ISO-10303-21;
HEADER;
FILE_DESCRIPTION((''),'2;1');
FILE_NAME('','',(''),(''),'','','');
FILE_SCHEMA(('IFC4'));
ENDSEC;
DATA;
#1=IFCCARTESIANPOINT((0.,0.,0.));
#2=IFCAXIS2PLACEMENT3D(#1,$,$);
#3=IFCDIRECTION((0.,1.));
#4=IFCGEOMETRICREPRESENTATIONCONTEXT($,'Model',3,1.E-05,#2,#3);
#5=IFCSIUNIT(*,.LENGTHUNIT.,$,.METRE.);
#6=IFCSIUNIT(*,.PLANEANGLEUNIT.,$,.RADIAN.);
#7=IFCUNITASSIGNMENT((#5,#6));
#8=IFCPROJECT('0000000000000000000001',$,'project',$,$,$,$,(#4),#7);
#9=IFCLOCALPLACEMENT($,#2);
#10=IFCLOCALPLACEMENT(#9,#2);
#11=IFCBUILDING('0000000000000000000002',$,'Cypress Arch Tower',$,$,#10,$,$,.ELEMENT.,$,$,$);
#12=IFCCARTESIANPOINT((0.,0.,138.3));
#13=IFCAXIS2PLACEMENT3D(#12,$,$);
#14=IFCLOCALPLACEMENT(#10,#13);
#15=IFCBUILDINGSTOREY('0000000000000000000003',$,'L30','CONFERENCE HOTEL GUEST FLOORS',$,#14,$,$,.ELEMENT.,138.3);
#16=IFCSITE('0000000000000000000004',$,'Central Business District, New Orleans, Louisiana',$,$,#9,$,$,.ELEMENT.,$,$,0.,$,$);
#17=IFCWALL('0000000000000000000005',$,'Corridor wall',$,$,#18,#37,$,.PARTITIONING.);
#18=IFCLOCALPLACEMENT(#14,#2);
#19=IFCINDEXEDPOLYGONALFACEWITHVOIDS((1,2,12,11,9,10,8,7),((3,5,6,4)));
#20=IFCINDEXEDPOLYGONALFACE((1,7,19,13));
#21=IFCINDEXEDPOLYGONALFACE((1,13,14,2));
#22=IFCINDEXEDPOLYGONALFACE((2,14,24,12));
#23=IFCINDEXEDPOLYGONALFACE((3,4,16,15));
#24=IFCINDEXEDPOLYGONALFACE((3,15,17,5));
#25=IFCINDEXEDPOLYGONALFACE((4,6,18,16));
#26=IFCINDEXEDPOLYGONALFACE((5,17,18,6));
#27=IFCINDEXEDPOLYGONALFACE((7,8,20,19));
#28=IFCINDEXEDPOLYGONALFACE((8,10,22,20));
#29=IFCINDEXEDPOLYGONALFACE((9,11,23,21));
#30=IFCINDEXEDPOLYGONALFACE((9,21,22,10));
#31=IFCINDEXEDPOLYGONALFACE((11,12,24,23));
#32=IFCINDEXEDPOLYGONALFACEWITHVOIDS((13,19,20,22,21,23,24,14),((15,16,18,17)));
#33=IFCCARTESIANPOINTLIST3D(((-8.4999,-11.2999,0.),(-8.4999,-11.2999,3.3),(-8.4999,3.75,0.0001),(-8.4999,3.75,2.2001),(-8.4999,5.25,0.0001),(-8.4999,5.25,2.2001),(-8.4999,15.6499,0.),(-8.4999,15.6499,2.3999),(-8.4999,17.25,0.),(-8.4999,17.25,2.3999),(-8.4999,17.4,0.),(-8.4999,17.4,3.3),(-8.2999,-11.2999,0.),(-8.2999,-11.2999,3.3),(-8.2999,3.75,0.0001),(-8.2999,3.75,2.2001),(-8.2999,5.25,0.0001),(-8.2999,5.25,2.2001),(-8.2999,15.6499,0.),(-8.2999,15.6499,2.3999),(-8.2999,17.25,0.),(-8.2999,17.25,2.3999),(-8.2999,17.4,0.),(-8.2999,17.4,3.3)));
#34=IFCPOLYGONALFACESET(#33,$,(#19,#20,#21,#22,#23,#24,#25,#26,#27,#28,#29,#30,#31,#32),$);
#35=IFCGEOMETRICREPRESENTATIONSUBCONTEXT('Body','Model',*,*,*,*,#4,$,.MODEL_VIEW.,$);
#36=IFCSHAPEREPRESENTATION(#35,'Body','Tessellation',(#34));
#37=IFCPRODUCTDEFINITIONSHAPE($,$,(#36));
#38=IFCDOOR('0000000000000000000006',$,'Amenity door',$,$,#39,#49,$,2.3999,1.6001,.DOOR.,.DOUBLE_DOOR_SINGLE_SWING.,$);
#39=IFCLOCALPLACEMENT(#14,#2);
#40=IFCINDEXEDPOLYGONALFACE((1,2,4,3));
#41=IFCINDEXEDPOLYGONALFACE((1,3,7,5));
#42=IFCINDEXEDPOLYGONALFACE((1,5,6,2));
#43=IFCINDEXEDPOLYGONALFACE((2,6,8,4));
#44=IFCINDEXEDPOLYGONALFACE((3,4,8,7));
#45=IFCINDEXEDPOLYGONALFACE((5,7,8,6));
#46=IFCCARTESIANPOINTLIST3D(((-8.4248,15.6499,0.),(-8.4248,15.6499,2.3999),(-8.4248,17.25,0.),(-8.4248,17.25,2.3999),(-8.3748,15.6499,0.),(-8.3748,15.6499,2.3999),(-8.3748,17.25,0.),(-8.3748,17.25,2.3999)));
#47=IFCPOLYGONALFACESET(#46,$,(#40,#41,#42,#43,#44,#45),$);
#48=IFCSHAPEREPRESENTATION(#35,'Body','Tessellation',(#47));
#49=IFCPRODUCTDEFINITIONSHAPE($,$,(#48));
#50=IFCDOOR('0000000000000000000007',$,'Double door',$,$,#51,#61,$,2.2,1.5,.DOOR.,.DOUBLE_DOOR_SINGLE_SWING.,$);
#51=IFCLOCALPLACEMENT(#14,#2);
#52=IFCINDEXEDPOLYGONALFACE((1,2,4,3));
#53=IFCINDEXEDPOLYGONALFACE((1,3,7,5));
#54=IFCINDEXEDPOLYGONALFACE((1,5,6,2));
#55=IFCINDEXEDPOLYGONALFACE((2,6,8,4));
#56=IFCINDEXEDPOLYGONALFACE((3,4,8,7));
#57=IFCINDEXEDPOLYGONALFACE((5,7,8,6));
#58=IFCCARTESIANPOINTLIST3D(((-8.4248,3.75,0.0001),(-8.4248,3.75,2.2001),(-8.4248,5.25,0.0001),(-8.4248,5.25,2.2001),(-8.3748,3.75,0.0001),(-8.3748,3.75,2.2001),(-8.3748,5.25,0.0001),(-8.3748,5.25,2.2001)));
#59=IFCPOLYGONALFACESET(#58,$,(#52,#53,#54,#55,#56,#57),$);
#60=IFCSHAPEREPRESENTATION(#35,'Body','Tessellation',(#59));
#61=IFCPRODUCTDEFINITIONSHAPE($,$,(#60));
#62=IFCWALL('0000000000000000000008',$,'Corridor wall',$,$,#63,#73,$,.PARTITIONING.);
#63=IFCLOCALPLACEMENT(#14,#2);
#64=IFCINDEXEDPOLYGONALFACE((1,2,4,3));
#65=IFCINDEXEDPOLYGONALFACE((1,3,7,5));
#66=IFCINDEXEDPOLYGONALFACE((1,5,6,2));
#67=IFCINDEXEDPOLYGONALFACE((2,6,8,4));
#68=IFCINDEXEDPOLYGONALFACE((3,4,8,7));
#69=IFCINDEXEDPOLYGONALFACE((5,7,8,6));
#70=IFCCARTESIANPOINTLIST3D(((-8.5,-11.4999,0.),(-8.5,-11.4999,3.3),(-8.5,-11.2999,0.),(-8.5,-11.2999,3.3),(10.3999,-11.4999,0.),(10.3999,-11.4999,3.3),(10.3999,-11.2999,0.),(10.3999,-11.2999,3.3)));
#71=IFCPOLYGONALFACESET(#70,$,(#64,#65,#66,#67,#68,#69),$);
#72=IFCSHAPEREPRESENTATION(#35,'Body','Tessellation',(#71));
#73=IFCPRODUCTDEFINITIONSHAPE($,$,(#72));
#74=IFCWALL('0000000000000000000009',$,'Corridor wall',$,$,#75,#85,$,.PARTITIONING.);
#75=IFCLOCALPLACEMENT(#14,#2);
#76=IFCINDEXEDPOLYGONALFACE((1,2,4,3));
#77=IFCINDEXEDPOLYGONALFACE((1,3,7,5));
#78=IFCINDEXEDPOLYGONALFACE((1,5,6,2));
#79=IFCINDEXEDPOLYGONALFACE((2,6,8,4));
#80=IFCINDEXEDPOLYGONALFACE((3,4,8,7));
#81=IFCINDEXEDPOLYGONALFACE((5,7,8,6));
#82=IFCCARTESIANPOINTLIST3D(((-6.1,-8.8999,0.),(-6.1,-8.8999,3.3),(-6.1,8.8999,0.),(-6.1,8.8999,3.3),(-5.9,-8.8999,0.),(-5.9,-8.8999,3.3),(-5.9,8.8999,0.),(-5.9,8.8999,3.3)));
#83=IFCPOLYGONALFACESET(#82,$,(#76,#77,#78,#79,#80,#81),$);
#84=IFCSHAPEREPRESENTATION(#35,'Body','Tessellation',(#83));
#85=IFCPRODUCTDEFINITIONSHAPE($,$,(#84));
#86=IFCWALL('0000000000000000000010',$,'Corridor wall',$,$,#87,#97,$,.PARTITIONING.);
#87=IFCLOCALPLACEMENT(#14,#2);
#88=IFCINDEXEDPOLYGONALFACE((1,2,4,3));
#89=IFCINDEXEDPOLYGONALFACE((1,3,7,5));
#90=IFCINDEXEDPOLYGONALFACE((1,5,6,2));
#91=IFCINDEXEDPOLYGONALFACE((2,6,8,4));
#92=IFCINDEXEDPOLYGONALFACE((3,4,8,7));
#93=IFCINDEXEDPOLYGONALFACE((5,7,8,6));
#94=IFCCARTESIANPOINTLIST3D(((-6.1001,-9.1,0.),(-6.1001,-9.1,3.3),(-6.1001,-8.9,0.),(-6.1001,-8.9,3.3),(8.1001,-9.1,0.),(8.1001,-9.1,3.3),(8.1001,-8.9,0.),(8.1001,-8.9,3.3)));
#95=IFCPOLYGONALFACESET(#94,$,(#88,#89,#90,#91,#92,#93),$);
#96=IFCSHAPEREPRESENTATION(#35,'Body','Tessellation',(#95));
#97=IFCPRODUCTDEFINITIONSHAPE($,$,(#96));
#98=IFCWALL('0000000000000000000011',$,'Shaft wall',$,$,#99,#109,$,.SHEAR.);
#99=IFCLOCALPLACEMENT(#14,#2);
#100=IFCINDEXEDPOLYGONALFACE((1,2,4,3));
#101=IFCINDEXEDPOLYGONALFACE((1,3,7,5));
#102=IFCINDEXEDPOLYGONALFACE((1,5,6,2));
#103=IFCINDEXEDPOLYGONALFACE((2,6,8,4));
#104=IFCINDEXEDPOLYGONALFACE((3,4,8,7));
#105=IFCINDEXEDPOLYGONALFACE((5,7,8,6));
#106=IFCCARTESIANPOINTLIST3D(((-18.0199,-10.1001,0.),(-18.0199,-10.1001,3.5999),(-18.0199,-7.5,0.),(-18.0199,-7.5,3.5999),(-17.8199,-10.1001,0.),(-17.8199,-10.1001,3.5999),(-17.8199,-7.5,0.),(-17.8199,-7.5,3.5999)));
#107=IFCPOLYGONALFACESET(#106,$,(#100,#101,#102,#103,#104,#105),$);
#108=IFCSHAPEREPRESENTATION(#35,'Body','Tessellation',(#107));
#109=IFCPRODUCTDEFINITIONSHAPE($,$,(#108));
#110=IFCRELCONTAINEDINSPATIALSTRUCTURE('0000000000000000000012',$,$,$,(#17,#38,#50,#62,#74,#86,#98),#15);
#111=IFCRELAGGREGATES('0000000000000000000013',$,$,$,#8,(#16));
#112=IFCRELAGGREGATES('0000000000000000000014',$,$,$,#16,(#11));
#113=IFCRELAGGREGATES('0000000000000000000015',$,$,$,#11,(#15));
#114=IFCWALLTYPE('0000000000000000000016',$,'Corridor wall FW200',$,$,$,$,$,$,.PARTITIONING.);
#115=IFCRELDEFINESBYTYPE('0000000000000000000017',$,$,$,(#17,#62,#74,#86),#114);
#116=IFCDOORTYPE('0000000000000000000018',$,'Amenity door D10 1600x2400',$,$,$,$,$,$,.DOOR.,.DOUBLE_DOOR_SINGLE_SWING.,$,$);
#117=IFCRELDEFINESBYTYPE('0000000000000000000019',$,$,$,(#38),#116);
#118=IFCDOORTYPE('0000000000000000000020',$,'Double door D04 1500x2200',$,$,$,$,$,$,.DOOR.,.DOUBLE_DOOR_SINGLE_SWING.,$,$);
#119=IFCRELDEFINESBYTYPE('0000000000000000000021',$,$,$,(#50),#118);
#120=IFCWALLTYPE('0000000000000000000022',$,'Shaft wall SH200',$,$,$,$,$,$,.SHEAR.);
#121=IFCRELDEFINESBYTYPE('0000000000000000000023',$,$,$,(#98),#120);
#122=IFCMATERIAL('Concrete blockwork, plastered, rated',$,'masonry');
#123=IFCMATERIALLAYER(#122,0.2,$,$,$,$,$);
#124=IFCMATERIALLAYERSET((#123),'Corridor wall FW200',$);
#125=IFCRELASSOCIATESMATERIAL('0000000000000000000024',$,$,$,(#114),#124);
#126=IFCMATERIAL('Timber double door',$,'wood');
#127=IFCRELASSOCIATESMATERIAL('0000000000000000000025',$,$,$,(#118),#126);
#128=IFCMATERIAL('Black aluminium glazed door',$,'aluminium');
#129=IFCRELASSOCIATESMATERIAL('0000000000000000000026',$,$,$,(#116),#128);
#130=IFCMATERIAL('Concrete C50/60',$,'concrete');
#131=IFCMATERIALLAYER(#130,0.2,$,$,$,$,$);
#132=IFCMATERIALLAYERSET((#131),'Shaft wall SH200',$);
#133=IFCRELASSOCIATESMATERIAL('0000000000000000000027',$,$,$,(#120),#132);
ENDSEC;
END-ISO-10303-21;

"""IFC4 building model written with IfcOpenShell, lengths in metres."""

from ifc_helpers import new_model, si_unit, direction, frame, frame_2d, origin, place, context, subcontext, project, spatial, rectangle, extrude, material, layer, layer_set, type_object, element, fill, save


model = new_model("IFC4")

# Units and contexts
model_context = context("Model", 3, precision=1e-05, world=origin(), true_north=direction((0.0, 1.0)))
body_context = subcontext(model_context, "Body", "Model", "MODEL_VIEW")
ifc_project = project(units=[si_unit("LENGTHUNIT", "METRE"), si_unit("PLANEANGLEUNIT", "RADIAN")], contexts=[model_context])

# Site, building, storey
site_placement = place(None, origin())
site = spatial("IfcSite", under=ifc_project, at=site_placement, Name="Central Business District, New Orleans, Louisiana", CompositionType="ELEMENT", RefElevation=0.0)
building_placement = place(site_placement, origin())
building = spatial("IfcBuilding", under=site, at=building_placement, Name="Cypress Arch Tower", CompositionType="ELEMENT")
storey_placement = place(building_placement, frame((0.0, 0.0, 138.3)))
storey = spatial("IfcBuildingStorey", under=building, at=storey_placement, Name="L30", Description="CONFERENCE HOTEL GUEST FLOORS", CompositionType="ELEMENT", Elevation=138.3)

# Wall, openings, doors
ifc_material_1 = material(Name="Concrete blockwork, plastered, rated", Category="masonry")
ifc_layer_1 = layer(ifc_material_1, 0.2)
ifc_layer_set_1 = layer_set([ifc_layer_1], Name="Corridor wall FW200")
wall_type_1 = type_object("IfcWallType", Name="Corridor wall FW200", PredefinedType="PARTITIONING", material=ifc_layer_set_1)
ifc_material_2 = material(Name="Timber double door", Category="wood")
door_type_1 = type_object("IfcDoorType", Name="Double door D04 1500x2200", OperationType="DOUBLE_DOOR_SINGLE_SWING", PredefinedType="DOOR", material=ifc_material_2)
wall_1_placement = place(storey_placement, frame((-8.3999, -11.3, 0.0), z_axis=(0.0, 0.0, 1.0), x_axis=(0.0, 1.0, 0.0)))
wall_1 = element("IfcWall", 1, at=wall_1_placement, inside=storey, type_object=wall_type_1, Name="Corridor wall", PredefinedType="PARTITIONING", context=body_context, shape_type="SweptSolid", body=[
    extrude(rectangle(XDim=28.7, YDim=0.2, at=frame_2d((14.3501, 0.0))), origin(), (0.0, 0.0, 1.0), 3.3),
])
opening_1_placement = place(wall_1_placement, frame((15.05, 0.0, 0.0)))
opening_1 = element("IfcOpeningElement", 2, at=opening_1_placement, cuts=wall_1, PredefinedType="OPENING", context=body_context, shape_type="SweptSolid", body=[
    extrude(rectangle(XDim=1.5, YDim=2.2, at=frame_2d((0.75, 1.1001))), frame((0.0, 0.1099, 0.0), z_axis=(0.0, -1.0, 0.0), x_axis=(1.0, 0.0, 0.0)), (0.0, 0.0, 1.0), 0.22),
])
opening_2_placement = place(wall_1_placement, frame((26.95, 0.0, 0.0)))
opening_2 = element("IfcOpeningElement", 3, at=opening_2_placement, cuts=wall_1, PredefinedType="OPENING", context=body_context, shape_type="SweptSolid", body=[
    extrude(rectangle(XDim=1.6001, YDim=2.3999, at=frame_2d((0.8, 1.2))), frame((0.0, 0.1099, 0.0), z_axis=(0.0, -1.0, 0.0), x_axis=(1.0, 0.0, 0.0)), (0.0, 0.0, 1.0), 0.22),
])
ifc_material_3 = material(Name="Black aluminium glazed door", Category="aluminium")
door_type_2 = type_object("IfcDoorType", Name="Amenity door D10 1600x2400", OperationType="DOUBLE_DOOR_SINGLE_SWING", PredefinedType="DOOR", material=ifc_material_3)
door_1_placement = place(opening_2_placement, origin())
door_1 = element("IfcDoor", 4, at=door_1_placement, inside=storey, type_object=door_type_2, Name="Amenity door", OperationType="DOUBLE_DOOR_SINGLE_SWING", OverallHeight=2.3999, OverallWidth=1.6001, PredefinedType="DOOR", context=body_context, shape_type="SweptSolid", body=[
    extrude(rectangle(XDim=1.6001, YDim=2.3999, at=frame_2d((0.8, 1.2))), frame((0.0, 0.0249, 0.0), z_axis=(0.0, -1.0, 0.0), x_axis=(1.0, 0.0, 0.0)), (0.0, 0.0, 1.0), 0.05),
])
fill(opening_2, door_1)
door_2_placement = place(opening_1_placement, origin())
door_2 = element("IfcDoor", 5, at=door_2_placement, inside=storey, type_object=door_type_1, Name="Double door", OperationType="DOUBLE_DOOR_SINGLE_SWING", OverallHeight=2.2, OverallWidth=1.5, PredefinedType="DOOR", context=body_context, shape_type="SweptSolid", body=[
    extrude(rectangle(XDim=1.5, YDim=2.2, at=frame_2d((0.75, 1.1001))), frame((0.0, 0.0249, 0.0), z_axis=(0.0, -1.0, 0.0), x_axis=(1.0, 0.0, 0.0)), (0.0, 0.0, 1.0), 0.05),
])
fill(opening_1, door_2)

# Walls
wall_2_placement = place(storey_placement, frame((-8.5, -11.3999, 0.0), z_axis=(0.0, 0.0, 1.0), x_axis=(1.0, 0.0, 0.0)))
element("IfcWall", 6, at=wall_2_placement, inside=storey, type_object=wall_type_1, Name="Corridor wall", PredefinedType="PARTITIONING", context=body_context, shape_type="SweptSolid", body=[
    extrude(rectangle(XDim=18.8999, YDim=0.2, at=frame_2d((9.45, 0.0))), origin(), (0.0, 0.0, 1.0), 3.3),
])
wall_3_placement = place(storey_placement, frame((-6.0, -8.8999, 0.0), z_axis=(0.0, 0.0, 1.0), x_axis=(0.0, 1.0, 0.0)))
element("IfcWall", 7, at=wall_3_placement, inside=storey, type_object=wall_type_1, Name="Corridor wall", PredefinedType="PARTITIONING", context=body_context, shape_type="SweptSolid", body=[
    extrude(rectangle(XDim=17.7998, YDim=0.2, at=frame_2d((8.8999, 0.0))), origin(), (0.0, 0.0, 1.0), 3.3),
])
wall_4_placement = place(storey_placement, frame((-6.1001, -9.0, 0.0), z_axis=(0.0, 0.0, 1.0), x_axis=(1.0, 0.0, 0.0)))
element("IfcWall", 8, at=wall_4_placement, inside=storey, type_object=wall_type_1, Name="Corridor wall", PredefinedType="PARTITIONING", context=body_context, shape_type="SweptSolid", body=[
    extrude(rectangle(XDim=14.2002, YDim=0.2, at=frame_2d((7.1001, 0.0))), origin(), (0.0, 0.0, 1.0), 3.3),
])
ifc_material_4 = material(Name="Concrete C50/60", Category="concrete")
ifc_layer_2 = layer(ifc_material_4, 0.2)
ifc_layer_set_2 = layer_set([ifc_layer_2], Name="Shaft wall SH200")
wall_type_2 = type_object("IfcWallType", Name="Shaft wall SH200", PredefinedType="SHEAR", material=ifc_layer_set_2)
wall_5_placement = place(storey_placement, frame((-17.9199, -10.1001, 0.0), z_axis=(0.0, 0.0, 1.0), x_axis=(0.0, 1.0, 0.0)))
element("IfcWall", 9, at=wall_5_placement, inside=storey, type_object=wall_type_2, Name="Shaft wall", PredefinedType="SHEAR", context=body_context, shape_type="SweptSolid", body=[
    extrude(rectangle(XDim=2.6001, YDim=0.2, at=frame_2d((1.3, 0.0))), origin(), (0.0, 0.0, 1.0), 3.5999),
])

save(model, "model.ifc")
